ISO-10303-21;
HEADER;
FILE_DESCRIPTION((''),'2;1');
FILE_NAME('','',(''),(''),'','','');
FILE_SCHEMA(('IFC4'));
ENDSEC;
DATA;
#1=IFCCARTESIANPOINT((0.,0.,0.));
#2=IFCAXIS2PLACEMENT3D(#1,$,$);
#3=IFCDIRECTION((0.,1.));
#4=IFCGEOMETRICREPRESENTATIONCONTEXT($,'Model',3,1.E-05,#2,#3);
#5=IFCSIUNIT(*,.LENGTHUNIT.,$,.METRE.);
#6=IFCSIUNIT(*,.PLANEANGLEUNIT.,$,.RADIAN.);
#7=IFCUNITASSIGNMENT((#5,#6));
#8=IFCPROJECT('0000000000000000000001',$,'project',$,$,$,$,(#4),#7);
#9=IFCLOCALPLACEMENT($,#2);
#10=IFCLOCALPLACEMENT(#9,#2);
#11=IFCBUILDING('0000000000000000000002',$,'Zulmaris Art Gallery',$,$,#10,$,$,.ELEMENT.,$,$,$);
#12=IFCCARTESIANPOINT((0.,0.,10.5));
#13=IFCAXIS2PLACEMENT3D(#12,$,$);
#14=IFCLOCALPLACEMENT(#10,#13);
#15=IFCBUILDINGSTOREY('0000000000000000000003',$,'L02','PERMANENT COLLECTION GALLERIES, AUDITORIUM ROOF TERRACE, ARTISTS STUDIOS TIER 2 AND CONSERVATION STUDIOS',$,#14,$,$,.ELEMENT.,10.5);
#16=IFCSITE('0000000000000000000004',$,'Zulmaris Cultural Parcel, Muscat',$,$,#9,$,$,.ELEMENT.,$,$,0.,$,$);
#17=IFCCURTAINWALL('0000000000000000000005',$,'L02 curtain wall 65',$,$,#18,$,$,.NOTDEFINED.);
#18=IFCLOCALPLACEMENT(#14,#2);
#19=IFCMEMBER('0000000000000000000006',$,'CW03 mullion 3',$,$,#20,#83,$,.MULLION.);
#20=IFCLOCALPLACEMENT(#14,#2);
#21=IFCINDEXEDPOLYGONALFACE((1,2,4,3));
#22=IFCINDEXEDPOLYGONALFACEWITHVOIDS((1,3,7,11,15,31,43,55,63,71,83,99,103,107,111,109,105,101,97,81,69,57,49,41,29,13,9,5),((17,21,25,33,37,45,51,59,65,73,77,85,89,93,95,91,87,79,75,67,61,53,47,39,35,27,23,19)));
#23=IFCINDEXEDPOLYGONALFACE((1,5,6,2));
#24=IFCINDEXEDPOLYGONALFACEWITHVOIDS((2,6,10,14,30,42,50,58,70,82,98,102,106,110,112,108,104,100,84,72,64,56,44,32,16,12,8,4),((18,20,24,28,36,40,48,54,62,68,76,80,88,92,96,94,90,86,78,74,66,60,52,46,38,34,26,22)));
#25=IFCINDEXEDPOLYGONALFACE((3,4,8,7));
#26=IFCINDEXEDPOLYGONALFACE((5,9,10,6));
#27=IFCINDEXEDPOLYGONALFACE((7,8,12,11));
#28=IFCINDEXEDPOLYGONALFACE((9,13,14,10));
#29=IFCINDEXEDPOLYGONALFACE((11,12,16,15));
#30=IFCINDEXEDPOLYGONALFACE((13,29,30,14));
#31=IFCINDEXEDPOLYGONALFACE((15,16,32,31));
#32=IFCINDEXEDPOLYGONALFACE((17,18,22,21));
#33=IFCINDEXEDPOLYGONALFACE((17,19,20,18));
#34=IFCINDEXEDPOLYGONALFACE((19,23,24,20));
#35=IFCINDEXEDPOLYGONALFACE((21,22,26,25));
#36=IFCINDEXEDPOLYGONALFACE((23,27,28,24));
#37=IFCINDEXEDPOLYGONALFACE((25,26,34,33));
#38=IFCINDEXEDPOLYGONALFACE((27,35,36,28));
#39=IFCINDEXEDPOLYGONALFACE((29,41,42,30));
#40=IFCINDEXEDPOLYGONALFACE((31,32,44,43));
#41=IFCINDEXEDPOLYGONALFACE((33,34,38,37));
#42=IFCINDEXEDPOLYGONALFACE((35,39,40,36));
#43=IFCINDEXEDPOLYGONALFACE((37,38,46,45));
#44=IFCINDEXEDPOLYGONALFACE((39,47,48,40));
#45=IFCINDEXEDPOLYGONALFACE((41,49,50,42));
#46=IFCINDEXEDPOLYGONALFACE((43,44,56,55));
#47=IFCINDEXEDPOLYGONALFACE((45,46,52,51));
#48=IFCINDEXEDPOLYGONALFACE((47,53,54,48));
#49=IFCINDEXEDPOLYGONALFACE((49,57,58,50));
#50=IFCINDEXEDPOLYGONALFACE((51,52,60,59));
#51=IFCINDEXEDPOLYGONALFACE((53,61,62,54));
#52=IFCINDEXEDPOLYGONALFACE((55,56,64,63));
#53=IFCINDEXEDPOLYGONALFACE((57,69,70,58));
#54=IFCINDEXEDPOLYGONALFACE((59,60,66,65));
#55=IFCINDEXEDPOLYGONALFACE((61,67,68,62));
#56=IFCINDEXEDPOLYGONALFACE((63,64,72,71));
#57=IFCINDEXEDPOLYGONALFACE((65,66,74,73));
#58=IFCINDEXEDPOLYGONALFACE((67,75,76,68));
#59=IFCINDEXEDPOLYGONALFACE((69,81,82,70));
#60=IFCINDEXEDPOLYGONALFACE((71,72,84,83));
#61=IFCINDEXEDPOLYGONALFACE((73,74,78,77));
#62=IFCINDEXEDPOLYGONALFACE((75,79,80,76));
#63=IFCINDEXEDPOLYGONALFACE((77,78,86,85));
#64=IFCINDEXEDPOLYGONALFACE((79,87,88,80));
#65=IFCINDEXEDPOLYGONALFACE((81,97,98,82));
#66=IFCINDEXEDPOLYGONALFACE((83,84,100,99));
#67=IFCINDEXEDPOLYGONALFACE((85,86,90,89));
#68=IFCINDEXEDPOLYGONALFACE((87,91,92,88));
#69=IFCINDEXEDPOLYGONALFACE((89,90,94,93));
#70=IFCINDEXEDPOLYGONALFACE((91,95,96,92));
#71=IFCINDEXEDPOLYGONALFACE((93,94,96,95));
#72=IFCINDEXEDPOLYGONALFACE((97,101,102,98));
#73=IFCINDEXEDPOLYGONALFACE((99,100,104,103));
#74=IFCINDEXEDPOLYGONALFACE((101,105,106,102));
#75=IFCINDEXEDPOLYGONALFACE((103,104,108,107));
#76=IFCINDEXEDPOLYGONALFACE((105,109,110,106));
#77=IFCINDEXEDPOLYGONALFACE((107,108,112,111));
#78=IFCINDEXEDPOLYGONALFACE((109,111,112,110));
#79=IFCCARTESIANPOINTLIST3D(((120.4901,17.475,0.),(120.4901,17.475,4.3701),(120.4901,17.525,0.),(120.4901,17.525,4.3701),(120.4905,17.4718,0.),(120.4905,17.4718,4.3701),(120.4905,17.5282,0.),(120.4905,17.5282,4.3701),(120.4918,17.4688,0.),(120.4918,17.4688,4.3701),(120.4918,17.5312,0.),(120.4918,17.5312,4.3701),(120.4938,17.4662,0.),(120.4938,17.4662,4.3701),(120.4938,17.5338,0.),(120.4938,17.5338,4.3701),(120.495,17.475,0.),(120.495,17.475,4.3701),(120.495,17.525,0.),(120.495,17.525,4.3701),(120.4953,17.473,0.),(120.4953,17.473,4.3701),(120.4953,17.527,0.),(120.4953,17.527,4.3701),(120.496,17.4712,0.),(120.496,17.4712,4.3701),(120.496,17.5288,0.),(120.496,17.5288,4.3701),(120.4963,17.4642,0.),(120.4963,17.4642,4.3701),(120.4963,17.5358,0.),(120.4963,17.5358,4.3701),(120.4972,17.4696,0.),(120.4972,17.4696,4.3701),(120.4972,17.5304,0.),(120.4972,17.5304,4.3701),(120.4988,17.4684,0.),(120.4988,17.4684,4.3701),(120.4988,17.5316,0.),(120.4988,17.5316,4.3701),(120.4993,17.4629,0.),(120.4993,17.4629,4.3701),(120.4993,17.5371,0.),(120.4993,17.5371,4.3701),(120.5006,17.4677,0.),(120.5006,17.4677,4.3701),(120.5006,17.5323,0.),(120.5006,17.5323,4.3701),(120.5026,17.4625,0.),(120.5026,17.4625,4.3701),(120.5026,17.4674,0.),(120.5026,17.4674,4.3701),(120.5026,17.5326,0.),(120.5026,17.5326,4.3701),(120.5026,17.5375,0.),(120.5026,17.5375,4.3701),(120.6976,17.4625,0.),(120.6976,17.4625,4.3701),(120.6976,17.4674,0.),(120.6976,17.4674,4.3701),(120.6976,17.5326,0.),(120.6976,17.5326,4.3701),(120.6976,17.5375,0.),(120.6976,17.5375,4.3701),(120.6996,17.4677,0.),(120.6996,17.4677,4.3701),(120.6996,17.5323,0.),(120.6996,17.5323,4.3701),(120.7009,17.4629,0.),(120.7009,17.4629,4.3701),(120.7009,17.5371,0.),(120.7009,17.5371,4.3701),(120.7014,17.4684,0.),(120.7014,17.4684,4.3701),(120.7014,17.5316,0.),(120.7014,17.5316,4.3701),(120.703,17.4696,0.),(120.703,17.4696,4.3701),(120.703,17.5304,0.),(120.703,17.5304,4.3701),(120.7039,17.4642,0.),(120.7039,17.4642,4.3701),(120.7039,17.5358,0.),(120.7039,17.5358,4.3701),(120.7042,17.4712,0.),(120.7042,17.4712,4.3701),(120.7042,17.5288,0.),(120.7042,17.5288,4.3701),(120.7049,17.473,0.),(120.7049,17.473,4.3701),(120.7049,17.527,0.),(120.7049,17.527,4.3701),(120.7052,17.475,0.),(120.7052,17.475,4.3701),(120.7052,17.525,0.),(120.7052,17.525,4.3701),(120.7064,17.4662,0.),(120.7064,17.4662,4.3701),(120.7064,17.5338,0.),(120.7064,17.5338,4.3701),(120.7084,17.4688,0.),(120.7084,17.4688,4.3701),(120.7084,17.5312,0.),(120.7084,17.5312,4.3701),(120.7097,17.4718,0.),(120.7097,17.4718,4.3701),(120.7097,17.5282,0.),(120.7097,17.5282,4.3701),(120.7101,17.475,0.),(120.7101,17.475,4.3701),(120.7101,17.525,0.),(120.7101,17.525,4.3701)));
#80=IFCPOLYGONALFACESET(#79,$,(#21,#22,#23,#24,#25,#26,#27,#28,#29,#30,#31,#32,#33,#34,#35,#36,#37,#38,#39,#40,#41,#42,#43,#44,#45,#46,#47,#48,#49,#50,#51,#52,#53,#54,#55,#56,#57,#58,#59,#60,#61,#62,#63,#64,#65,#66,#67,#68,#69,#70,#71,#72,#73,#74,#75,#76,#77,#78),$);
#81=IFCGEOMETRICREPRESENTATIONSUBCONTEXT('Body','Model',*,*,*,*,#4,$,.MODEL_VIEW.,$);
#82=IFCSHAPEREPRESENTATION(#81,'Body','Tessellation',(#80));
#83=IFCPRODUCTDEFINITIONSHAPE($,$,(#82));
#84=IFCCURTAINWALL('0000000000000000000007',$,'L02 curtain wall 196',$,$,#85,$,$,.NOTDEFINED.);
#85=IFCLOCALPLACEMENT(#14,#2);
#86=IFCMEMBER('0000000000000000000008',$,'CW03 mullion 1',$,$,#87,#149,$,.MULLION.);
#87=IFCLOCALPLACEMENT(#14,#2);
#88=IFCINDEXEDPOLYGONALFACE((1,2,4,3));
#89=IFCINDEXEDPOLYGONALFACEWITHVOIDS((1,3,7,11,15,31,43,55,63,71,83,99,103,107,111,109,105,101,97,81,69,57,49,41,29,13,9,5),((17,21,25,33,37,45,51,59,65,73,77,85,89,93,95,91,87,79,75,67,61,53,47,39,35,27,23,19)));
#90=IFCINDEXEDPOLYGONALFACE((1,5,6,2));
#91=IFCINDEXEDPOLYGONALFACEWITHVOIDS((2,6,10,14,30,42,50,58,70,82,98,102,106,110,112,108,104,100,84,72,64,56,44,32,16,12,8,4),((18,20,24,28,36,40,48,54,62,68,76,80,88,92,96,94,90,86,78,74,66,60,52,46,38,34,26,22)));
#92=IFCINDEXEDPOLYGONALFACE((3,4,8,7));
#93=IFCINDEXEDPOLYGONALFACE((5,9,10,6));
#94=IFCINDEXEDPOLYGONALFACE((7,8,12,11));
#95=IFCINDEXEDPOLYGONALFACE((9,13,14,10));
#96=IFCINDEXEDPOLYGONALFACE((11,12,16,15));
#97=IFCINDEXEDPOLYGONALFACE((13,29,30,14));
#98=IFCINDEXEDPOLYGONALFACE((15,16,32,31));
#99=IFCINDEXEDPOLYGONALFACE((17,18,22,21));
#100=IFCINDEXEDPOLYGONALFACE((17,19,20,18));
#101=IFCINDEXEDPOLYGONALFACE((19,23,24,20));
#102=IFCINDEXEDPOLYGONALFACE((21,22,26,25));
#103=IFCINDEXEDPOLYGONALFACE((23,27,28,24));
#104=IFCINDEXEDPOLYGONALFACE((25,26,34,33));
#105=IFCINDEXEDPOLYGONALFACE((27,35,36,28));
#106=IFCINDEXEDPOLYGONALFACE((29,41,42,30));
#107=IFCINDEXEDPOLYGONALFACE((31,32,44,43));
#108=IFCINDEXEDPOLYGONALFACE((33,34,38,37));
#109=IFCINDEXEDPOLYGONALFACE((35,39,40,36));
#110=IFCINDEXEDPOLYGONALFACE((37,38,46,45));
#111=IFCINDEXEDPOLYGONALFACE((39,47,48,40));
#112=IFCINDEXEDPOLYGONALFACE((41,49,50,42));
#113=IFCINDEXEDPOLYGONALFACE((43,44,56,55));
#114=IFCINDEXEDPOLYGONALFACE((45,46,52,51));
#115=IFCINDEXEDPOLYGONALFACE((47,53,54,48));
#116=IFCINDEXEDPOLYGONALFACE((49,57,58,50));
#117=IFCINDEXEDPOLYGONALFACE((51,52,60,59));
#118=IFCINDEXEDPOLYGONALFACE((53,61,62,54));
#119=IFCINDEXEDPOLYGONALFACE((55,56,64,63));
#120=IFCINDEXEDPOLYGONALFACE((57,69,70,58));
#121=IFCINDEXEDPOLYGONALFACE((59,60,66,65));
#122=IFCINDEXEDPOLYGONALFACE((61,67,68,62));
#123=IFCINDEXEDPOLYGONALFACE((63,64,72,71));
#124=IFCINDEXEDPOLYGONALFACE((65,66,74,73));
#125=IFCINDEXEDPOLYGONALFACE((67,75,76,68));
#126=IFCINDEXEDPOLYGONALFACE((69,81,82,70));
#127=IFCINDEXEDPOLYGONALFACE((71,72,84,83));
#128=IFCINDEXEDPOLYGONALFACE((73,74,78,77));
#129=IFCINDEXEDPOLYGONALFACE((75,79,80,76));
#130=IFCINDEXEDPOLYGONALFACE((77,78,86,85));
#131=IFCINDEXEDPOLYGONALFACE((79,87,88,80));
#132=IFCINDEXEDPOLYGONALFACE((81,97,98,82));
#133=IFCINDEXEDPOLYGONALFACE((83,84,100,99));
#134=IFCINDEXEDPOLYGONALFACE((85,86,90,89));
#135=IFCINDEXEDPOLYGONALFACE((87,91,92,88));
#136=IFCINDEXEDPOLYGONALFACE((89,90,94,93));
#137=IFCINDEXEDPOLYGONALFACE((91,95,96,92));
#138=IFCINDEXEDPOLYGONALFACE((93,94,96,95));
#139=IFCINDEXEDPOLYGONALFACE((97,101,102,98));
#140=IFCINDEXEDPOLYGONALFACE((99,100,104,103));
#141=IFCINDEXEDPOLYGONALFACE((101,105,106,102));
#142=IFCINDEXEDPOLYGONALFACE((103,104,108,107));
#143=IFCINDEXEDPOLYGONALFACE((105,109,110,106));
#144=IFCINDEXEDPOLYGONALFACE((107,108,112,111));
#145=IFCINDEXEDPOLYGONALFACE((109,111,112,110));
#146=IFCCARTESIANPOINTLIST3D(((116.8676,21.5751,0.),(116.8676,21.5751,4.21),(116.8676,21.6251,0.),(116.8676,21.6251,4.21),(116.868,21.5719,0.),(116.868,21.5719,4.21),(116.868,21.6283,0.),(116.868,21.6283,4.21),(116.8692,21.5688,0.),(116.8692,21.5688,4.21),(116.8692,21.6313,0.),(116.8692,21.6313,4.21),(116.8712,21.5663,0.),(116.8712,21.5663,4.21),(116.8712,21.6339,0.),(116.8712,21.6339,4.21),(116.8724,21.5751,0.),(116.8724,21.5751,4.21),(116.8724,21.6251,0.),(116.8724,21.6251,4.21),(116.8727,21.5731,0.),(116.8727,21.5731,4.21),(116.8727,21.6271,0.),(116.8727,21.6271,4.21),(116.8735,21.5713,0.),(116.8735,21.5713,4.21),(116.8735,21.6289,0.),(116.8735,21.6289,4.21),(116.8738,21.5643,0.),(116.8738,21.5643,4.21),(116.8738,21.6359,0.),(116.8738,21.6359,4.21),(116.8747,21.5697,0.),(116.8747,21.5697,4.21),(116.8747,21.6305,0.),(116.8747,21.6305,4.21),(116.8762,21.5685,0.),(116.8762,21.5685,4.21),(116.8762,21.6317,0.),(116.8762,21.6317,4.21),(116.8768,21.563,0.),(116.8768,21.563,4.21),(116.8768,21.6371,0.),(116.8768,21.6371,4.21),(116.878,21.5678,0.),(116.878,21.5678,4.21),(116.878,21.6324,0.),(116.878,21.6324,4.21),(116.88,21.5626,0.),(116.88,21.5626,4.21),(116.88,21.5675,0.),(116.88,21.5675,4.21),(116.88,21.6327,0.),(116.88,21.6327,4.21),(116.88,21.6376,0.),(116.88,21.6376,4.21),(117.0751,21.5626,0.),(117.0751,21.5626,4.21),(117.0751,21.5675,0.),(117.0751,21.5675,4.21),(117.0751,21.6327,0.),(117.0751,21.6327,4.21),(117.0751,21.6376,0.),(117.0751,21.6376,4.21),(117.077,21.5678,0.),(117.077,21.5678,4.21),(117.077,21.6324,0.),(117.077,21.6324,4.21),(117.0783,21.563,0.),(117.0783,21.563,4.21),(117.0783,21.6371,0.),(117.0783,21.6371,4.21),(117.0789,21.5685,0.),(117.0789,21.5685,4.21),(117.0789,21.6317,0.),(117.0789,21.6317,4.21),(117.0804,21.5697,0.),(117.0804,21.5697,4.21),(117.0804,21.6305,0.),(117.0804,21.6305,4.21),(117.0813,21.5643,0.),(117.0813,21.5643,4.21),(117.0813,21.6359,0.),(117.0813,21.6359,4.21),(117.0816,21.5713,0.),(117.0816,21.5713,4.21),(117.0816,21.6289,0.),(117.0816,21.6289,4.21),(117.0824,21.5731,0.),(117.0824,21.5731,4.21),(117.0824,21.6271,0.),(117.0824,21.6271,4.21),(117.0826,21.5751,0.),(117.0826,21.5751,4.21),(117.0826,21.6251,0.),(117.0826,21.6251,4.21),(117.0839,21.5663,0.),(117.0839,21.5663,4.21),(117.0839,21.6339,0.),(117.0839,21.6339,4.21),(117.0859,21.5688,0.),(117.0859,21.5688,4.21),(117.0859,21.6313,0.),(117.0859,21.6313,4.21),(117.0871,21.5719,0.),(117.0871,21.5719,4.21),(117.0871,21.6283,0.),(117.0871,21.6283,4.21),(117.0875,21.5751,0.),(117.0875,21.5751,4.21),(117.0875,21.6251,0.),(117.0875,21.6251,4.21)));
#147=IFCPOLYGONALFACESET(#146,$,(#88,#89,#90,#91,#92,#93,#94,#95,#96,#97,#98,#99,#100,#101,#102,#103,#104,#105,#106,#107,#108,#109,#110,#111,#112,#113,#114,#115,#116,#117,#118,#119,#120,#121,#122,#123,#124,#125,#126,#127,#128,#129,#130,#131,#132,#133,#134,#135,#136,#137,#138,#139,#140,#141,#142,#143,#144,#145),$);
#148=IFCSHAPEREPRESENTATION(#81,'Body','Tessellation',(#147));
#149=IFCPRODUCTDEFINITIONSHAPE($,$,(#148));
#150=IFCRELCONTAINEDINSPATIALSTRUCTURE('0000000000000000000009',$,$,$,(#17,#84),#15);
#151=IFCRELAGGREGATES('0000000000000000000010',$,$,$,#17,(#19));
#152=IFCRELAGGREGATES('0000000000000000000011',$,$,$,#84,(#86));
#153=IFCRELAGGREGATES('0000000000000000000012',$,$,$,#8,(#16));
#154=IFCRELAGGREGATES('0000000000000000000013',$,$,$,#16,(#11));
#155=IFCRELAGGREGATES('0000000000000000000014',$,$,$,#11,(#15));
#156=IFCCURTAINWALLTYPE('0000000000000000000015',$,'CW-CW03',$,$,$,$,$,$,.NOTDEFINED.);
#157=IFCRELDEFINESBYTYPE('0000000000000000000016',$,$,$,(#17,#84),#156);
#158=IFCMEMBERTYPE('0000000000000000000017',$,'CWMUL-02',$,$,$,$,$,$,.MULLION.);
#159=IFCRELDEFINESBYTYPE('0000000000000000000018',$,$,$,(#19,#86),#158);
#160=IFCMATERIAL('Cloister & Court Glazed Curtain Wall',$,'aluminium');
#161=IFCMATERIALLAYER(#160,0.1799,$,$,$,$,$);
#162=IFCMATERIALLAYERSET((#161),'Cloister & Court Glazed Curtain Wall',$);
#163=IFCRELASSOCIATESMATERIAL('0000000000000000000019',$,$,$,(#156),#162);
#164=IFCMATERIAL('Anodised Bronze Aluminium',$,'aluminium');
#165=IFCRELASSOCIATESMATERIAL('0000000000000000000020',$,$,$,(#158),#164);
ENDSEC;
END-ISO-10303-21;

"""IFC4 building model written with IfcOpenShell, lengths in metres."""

from ifc_helpers import new_model, si_unit, direction, frame, origin, origin_2d, place, context, subcontext, project, spatial, hollow_rectangle, extrude, material, layer, layer_set, material_profile, profile_set, type_object, element, aggregate, save


model = new_model("IFC4")

# Units and contexts
model_context = context("Model", 3, precision=1e-05, world=origin(), true_north=direction((0.0, 1.0)))
body_context = subcontext(model_context, "Body", "Model", "MODEL_VIEW")
ifc_project = project(units=[si_unit("LENGTHUNIT", "METRE"), si_unit("PLANEANGLEUNIT", "RADIAN")], contexts=[model_context])

# Site, building, storey
site_placement = place(None, origin())
site = spatial("IfcSite", under=ifc_project, at=site_placement, Name="Zulmaris Cultural Parcel, Muscat", CompositionType="ELEMENT", RefElevation=0.0)
building_placement = place(site_placement, origin())
building = spatial("IfcBuilding", under=site, at=building_placement, Name="Zulmaris Art Gallery", CompositionType="ELEMENT")
storey_placement = place(building_placement, frame((0.0, 0.0, 10.5)))
storey = spatial("IfcBuildingStorey", under=building, at=storey_placement, Name="L02", Description="PERMANENT COLLECTION GALLERIES, AUDITORIUM ROOF TERRACE, ARTISTS STUDIOS TIER 2 AND CONSERVATION STUDIOS", CompositionType="ELEMENT", Elevation=10.5)

# Curtain walls, members
ifc_material_1 = material(Name="Cloister & Court Glazed Curtain Wall", Category="aluminium")
ifc_layer_1 = layer(ifc_material_1, 0.1799)
ifc_layer_set_1 = layer_set([ifc_layer_1], Name="Cloister & Court Glazed Curtain Wall")
curtain_wall_type = type_object("IfcCurtainWallType", Name="CW-CW03", PredefinedType="NOTDEFINED", material=ifc_layer_set_1)
curtain_wall_1_placement = place(storey_placement, origin())
curtain_wall_1 = element("IfcCurtainWall", 1, at=curtain_wall_1_placement, inside=storey, type_object=curtain_wall_type, Name="L02 curtain wall 65", PredefinedType="NOTDEFINED")
ifc_material_2 = material(Name="Anodised Bronze Aluminium", Category="aluminium")
ifc_material_profile_1 = material_profile(ifc_material_2, hollow_rectangle(XDim=0.075, YDim=0.22, WallThickness=0.0049, InnerFilletRadius=0.0076, OuterFilletRadius=0.0125, at=origin_2d()), Name="ALU 75x220x5")
ifc_profile_set_1 = profile_set([ifc_material_profile_1], Name="Anodised Bronze Aluminium")
member_type_1 = type_object("IfcMemberType", Name="CWMUL-02", PredefinedType="MULLION", material=ifc_profile_set_1)
member_1_placement = place(storey_placement, frame((120.6001, 17.5, 0.0), z_axis=(0.0, 0.0, 1.0), x_axis=(0.0, 1.0, 0.0)))
member_1 = element("IfcMember", 2, at=member_1_placement, type_object=member_type_1, Name="CW03 mullion 3", PredefinedType="MULLION", context=body_context, shape_type="SweptSolid", body=[
    extrude(hollow_rectangle(XDim=0.075, YDim=0.22, WallThickness=0.0049, InnerFilletRadius=0.0076, OuterFilletRadius=0.0125, at=origin_2d()), origin(), (0.0, 0.0, 1.0), 4.3701),
])
curtain_wall_2_placement = place(storey_placement, origin())
curtain_wall_2 = element("IfcCurtainWall", 3, at=curtain_wall_2_placement, inside=storey, type_object=curtain_wall_type, Name="L02 curtain wall 196", PredefinedType="NOTDEFINED")
member_2_placement = place(storey_placement, frame((116.9775, 21.6001, 0.0), z_axis=(0.0, 0.0, 1.0), x_axis=(0.0, 1.0, 0.0)))
member_2 = element("IfcMember", 4, at=member_2_placement, type_object=member_type_1, Name="CW03 mullion 1", PredefinedType="MULLION", context=body_context, shape_type="SweptSolid", body=[
    extrude(hollow_rectangle(XDim=0.075, YDim=0.22, WallThickness=0.0049, InnerFilletRadius=0.0076, OuterFilletRadius=0.0125, at=origin_2d()), origin(), (0.0, 0.0, 1.0), 4.21),
])

aggregate(curtain_wall_1, [member_1])
aggregate(curtain_wall_2, [member_2])

save(model, "model.ifc")
